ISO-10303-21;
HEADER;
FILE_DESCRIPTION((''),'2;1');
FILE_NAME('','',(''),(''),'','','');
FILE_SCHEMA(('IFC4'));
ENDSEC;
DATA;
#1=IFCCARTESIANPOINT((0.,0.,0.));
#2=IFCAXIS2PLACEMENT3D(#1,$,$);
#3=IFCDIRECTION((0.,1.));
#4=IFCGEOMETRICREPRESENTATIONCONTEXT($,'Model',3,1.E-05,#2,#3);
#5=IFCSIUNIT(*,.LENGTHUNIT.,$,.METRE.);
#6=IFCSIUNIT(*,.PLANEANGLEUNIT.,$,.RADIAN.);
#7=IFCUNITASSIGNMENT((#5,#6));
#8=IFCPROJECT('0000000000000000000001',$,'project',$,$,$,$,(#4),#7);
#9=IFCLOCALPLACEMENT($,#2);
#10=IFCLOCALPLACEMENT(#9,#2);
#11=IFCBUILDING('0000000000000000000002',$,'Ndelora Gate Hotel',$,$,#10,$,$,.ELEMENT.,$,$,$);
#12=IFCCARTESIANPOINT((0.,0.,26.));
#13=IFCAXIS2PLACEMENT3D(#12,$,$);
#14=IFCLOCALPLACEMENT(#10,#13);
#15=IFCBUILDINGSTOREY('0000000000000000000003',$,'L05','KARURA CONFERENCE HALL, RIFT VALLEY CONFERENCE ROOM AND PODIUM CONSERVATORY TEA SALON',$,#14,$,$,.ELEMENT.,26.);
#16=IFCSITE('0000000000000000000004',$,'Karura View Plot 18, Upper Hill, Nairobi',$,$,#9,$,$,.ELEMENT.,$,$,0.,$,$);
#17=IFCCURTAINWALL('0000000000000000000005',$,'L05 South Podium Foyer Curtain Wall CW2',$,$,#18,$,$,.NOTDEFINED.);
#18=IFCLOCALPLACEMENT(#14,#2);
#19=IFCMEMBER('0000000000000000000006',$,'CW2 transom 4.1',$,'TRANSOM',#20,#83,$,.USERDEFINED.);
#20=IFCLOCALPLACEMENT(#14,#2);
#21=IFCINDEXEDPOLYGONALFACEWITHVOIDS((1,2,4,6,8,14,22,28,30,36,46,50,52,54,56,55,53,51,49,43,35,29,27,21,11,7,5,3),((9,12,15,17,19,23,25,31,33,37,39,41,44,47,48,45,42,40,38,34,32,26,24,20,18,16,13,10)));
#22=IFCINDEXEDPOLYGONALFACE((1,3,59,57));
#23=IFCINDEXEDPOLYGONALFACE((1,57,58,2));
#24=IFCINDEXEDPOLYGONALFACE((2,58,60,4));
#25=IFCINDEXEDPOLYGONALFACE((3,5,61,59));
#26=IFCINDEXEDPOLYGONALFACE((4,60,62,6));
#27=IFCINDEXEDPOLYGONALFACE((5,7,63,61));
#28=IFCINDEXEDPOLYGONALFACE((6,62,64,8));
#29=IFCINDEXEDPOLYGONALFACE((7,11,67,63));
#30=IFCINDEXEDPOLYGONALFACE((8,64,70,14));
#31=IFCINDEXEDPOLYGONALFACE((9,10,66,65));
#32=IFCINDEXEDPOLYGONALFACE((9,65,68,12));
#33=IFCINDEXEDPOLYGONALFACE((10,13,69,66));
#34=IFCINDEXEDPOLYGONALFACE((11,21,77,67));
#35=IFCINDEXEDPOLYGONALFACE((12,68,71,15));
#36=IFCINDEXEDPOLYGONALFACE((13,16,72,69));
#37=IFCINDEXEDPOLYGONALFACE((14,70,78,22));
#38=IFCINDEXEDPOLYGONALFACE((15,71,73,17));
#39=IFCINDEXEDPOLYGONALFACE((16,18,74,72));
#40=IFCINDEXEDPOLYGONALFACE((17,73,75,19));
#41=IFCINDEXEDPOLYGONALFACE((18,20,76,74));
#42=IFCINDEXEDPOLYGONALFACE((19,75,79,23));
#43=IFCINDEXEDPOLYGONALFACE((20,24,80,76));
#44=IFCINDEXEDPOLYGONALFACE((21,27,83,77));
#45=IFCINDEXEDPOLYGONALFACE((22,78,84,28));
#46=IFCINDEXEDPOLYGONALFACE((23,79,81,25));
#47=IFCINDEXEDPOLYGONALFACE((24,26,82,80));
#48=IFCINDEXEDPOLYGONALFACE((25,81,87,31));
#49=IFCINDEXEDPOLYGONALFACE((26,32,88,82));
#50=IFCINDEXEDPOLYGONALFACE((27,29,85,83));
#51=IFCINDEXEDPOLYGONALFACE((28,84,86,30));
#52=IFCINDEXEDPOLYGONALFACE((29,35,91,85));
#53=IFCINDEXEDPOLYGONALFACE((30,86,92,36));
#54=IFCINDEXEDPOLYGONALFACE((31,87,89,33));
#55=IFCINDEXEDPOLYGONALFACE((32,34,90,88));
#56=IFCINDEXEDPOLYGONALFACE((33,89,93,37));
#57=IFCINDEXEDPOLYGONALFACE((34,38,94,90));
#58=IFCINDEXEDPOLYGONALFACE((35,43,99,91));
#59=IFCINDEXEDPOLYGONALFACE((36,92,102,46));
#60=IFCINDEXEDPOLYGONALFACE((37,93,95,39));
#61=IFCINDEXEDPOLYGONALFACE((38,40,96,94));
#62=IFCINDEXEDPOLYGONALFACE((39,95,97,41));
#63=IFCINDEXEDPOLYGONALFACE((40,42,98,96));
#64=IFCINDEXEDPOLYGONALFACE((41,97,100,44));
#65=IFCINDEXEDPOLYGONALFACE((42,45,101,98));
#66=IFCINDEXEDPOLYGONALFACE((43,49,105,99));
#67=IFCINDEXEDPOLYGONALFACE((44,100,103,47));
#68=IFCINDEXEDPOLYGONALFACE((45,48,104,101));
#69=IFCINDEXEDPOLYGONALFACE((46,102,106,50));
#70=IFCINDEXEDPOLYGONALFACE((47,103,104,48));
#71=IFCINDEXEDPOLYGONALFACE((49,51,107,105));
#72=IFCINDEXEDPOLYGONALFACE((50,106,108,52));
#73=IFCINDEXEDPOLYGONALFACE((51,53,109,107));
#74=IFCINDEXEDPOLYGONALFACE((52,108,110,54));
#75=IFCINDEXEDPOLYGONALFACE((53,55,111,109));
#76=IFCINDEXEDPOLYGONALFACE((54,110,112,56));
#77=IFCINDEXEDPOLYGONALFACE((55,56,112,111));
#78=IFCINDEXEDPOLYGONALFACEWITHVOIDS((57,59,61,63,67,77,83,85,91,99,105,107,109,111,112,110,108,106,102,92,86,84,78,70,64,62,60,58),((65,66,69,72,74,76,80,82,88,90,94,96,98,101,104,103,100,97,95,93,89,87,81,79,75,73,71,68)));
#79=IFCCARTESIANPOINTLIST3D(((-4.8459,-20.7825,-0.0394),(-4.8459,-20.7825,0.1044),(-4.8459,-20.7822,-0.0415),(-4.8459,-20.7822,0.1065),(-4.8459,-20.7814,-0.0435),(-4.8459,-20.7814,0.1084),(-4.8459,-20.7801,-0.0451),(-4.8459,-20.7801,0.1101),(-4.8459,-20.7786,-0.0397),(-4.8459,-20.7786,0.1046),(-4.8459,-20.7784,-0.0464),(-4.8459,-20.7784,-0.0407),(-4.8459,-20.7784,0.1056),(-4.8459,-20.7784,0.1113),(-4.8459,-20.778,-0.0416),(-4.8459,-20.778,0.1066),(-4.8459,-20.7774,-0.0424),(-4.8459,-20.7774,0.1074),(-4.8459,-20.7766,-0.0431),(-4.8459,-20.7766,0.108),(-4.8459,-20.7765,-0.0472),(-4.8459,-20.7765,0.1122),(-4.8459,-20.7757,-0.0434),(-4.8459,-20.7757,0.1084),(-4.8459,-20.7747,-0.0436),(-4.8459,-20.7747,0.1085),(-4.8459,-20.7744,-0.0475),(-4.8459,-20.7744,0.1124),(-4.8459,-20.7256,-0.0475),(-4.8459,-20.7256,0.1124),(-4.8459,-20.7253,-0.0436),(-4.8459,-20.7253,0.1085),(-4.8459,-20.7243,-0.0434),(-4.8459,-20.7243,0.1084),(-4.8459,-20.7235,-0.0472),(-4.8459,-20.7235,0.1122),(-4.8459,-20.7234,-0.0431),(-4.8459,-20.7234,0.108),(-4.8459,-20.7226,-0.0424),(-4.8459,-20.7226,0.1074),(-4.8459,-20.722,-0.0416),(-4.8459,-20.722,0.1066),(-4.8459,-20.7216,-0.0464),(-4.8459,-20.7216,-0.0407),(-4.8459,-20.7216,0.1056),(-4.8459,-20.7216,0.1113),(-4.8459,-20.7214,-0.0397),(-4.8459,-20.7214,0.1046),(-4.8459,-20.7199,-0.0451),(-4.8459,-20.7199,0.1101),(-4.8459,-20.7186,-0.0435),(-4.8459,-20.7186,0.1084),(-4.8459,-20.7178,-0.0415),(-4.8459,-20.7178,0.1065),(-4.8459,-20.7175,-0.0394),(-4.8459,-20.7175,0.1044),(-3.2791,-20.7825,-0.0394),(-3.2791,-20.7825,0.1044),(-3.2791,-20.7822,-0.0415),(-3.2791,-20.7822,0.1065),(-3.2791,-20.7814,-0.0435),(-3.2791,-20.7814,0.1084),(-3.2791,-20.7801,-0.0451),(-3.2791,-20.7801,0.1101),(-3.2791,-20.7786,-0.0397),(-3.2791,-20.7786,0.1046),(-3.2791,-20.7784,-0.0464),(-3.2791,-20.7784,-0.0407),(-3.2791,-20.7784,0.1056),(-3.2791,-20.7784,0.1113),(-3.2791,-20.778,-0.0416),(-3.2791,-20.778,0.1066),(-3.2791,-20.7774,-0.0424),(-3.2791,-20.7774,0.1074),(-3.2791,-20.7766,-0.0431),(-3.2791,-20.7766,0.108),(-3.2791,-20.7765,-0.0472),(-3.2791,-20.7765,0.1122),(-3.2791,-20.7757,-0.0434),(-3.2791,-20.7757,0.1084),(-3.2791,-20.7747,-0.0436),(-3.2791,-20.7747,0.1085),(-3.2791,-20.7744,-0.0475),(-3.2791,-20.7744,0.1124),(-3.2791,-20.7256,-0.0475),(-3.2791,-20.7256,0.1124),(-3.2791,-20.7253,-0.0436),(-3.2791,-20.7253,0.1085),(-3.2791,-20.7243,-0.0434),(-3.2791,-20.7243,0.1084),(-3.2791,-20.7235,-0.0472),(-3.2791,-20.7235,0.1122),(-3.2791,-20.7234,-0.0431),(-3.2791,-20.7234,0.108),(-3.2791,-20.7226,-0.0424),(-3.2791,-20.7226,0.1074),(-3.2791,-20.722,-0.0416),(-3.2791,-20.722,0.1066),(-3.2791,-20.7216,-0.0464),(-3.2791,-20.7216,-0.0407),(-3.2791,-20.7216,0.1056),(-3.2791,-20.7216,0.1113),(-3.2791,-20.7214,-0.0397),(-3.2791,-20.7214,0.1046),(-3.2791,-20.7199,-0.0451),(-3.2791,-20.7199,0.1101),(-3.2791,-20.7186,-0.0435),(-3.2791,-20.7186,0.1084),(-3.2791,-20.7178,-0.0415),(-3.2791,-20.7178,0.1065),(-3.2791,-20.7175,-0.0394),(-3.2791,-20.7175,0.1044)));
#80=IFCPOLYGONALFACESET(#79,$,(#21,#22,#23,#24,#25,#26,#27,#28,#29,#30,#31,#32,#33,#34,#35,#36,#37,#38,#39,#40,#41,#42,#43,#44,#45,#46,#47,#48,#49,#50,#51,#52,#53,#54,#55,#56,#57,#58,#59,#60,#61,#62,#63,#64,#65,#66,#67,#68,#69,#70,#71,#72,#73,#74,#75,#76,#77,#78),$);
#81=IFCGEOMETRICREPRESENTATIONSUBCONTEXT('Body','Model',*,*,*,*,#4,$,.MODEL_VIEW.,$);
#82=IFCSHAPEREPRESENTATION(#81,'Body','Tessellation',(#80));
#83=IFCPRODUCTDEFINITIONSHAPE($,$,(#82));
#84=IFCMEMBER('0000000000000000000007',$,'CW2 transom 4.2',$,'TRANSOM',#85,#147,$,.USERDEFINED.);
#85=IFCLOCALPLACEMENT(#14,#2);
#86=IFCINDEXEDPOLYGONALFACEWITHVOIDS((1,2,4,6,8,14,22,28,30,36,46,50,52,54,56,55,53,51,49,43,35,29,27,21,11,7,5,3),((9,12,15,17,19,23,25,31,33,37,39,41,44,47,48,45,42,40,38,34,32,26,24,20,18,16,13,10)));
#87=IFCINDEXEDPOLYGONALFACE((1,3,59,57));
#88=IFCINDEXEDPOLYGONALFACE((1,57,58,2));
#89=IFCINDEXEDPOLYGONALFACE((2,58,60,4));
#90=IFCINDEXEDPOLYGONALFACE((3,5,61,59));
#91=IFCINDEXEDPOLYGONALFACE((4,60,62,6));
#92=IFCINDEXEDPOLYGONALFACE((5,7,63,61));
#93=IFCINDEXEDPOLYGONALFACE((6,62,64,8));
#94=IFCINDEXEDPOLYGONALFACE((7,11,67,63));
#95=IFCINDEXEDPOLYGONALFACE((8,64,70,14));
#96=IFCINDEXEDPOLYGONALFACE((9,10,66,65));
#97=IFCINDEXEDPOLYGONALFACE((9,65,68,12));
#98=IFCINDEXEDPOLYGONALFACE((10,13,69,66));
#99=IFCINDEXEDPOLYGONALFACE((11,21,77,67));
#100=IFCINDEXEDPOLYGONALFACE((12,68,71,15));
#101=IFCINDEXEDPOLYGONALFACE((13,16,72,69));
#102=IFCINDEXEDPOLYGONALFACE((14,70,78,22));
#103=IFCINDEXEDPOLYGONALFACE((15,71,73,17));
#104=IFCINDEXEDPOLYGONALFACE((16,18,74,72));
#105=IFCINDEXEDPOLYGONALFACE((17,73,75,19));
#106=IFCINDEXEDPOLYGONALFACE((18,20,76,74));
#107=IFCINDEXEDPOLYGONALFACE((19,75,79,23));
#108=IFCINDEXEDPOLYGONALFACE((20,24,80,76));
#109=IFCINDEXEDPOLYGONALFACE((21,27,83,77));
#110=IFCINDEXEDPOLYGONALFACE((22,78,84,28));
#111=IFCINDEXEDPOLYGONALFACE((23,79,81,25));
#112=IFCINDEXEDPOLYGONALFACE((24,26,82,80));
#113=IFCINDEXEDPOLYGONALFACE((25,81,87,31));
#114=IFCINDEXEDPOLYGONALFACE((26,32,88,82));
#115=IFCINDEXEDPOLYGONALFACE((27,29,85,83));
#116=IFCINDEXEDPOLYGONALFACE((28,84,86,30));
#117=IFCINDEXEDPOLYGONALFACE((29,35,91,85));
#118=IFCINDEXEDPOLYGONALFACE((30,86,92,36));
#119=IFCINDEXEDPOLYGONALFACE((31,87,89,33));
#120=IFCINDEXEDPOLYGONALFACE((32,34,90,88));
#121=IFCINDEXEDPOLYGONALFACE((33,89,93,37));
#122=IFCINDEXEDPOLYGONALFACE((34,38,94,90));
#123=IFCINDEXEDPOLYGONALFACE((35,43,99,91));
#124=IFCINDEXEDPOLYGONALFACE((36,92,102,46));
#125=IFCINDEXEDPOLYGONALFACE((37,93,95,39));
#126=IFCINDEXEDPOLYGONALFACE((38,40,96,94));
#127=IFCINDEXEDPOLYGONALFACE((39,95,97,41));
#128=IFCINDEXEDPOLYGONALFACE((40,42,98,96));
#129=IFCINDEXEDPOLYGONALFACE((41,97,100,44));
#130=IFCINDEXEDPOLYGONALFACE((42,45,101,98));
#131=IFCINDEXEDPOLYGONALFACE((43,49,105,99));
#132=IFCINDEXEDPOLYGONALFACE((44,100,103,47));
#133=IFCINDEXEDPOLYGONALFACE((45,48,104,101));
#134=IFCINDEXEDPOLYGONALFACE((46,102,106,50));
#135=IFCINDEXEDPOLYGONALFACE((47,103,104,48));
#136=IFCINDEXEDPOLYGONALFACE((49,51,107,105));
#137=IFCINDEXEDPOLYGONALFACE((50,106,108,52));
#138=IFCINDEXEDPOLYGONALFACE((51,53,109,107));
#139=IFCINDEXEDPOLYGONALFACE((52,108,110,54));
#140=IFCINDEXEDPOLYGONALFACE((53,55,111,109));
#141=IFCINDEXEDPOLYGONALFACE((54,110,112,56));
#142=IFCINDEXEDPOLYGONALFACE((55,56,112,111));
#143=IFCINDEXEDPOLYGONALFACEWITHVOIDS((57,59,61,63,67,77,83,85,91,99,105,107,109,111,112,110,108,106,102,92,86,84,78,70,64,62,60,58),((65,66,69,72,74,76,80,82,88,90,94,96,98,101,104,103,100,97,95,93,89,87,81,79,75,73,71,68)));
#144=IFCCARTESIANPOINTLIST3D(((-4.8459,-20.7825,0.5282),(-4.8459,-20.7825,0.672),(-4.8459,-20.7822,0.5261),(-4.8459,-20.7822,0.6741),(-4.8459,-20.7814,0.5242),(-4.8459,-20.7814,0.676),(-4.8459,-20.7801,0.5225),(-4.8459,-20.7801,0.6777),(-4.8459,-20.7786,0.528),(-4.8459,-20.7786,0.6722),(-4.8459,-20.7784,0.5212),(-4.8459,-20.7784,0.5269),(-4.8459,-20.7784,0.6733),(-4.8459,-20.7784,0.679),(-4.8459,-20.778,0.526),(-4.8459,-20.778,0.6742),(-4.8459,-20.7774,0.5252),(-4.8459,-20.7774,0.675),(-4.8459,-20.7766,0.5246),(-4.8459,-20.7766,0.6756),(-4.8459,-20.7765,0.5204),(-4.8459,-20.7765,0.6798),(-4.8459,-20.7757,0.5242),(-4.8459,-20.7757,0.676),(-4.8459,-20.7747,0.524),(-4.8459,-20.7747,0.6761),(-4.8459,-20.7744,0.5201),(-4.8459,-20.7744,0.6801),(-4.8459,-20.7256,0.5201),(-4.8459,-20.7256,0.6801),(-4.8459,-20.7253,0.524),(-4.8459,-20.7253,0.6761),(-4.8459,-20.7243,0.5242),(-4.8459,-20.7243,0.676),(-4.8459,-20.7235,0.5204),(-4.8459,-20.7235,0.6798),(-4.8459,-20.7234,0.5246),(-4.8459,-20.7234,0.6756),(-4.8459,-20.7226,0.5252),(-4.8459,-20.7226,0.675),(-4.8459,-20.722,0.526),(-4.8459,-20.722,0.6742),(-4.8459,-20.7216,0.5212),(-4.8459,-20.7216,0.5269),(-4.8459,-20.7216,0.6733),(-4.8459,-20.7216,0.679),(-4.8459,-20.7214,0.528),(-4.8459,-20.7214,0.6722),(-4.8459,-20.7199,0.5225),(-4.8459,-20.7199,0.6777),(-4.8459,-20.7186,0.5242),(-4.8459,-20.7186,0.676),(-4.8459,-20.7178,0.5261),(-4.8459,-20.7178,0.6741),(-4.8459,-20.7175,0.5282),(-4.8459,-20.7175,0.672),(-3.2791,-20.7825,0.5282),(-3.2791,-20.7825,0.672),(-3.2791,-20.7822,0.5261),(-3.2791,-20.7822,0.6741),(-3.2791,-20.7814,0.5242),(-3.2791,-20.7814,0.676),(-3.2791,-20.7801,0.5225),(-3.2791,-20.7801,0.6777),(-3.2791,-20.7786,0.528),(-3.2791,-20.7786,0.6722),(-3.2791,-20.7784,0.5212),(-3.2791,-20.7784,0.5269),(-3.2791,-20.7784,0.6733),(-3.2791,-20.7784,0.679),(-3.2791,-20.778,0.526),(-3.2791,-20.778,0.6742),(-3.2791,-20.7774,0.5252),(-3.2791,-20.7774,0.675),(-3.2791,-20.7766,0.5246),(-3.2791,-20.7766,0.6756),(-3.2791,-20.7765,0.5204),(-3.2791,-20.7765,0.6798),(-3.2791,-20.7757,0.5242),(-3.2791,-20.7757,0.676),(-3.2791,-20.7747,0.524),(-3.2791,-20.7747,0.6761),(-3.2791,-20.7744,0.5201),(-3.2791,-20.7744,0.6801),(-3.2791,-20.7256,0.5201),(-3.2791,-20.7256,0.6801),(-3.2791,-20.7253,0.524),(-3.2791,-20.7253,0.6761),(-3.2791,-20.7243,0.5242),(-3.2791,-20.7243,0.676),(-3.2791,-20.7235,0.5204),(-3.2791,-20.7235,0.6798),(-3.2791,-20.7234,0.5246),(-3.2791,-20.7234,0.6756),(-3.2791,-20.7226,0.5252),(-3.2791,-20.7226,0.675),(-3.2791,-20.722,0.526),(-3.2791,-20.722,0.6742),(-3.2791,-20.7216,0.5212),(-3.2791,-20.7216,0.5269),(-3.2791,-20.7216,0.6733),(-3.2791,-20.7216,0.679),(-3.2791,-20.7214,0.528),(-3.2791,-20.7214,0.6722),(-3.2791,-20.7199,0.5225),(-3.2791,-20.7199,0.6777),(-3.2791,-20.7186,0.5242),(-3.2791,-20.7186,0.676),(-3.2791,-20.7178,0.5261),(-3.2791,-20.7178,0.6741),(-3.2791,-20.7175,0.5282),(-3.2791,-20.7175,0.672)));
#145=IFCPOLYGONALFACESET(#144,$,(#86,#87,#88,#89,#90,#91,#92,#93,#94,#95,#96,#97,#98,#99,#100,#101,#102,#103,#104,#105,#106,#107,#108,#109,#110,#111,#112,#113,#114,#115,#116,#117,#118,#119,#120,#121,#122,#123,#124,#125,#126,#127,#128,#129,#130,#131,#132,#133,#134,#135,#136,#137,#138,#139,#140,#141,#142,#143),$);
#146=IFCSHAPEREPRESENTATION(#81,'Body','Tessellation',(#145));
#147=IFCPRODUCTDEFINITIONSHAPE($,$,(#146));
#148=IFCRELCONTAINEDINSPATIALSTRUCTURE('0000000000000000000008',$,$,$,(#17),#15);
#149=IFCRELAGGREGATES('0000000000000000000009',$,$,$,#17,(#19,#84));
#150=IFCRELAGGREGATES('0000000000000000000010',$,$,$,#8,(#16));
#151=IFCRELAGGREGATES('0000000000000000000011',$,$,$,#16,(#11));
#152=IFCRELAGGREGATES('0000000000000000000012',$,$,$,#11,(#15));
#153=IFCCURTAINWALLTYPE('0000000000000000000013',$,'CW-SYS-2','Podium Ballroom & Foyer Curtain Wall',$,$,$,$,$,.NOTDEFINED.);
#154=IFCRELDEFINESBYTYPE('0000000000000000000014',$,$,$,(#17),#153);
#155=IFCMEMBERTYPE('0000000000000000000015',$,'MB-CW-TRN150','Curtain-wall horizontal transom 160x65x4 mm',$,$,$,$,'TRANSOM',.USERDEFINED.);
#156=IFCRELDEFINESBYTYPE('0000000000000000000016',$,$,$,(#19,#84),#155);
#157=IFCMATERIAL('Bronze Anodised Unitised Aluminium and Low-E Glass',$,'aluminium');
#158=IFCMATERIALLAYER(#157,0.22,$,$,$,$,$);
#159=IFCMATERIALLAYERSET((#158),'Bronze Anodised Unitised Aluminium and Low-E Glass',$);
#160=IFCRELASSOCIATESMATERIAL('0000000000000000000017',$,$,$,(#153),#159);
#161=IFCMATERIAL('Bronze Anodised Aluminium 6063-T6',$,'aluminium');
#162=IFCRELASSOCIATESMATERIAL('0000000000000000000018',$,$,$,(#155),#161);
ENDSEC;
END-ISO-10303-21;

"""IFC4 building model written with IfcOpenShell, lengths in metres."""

from ifc_helpers import new_model, si_unit, direction, frame, origin, origin_2d, place, context, subcontext, project, spatial, hollow_rectangle, extrude, material, layer, layer_set, material_profile, profile_set, type_object, element, aggregate, save


model = new_model("IFC4")

# Units and contexts
model_context = context("Model", 3, precision=1e-05, world=origin(), true_north=direction((0.0, 1.0)))
body_context = subcontext(model_context, "Body", "Model", "MODEL_VIEW")
ifc_project = project(units=[si_unit("LENGTHUNIT", "METRE"), si_unit("PLANEANGLEUNIT", "RADIAN")], contexts=[model_context])

# Site, building, storey
site_placement = place(None, origin())
site = spatial("IfcSite", under=ifc_project, at=site_placement, Name="Karura View Plot 18, Upper Hill, Nairobi", CompositionType="ELEMENT", RefElevation=0.0)
building_placement = place(site_placement, origin())
building = spatial("IfcBuilding", under=site, at=building_placement, Name="Ndelora Gate Hotel", CompositionType="ELEMENT")
storey_placement = place(building_placement, frame((0.0, 0.0, 26.0)))
storey = spatial("IfcBuildingStorey", under=building, at=storey_placement, Name="L05", Description="KARURA CONFERENCE HALL, RIFT VALLEY CONFERENCE ROOM AND PODIUM CONSERVATORY TEA SALON", CompositionType="ELEMENT", Elevation=26.0)

# Curtain wall, members
ifc_material_1 = material(Name="Bronze Anodised Unitised Aluminium and Low-E Glass", Category="aluminium")
ifc_layer_1 = layer(ifc_material_1, 0.22)
ifc_layer_set_1 = layer_set([ifc_layer_1], Name="Bronze Anodised Unitised Aluminium and Low-E Glass")
curtain_wall_type = type_object("IfcCurtainWallType", Name="CW-SYS-2", Description="Podium Ballroom & Foyer Curtain Wall", PredefinedType="NOTDEFINED", material=ifc_layer_set_1)
curtain_wall_placement = place(storey_placement, origin())
curtain_wall = element("IfcCurtainWall", 1, at=curtain_wall_placement, inside=storey, type_object=curtain_wall_type, Name="L05 South Podium Foyer Curtain Wall CW2", PredefinedType="NOTDEFINED")
ifc_material_2 = material(Name="Bronze Anodised Aluminium 6063-T6", Category="aluminium")
ifc_material_profile_1 = material_profile(ifc_material_2, hollow_rectangle(XDim=0.0649, YDim=0.1599, WallThickness=0.0039, InnerFilletRadius=0.0039, OuterFilletRadius=0.0081, at=origin_2d()), Name="ALU 160x65x4")
ifc_profile_set_1 = profile_set([ifc_material_profile_1], Name="Bronze Anodised Aluminium 6063-T6")
member_type_1 = type_object("IfcMemberType", Name="MB-CW-TRN150", Description="Curtain-wall horizontal transom 160x65x4 mm", ElementType="TRANSOM", PredefinedType="USERDEFINED", material=ifc_profile_set_1)
member_1_placement = place(storey_placement, frame((-4.8459, -20.75, 0.0325), z_axis=(1.0, 0.0, 0.0), x_axis=(0.0, 1.0, 0.0)))
member_1 = element("IfcMember", 2, at=member_1_placement, type_object=member_type_1, Name="CW2 transom 4.1", ObjectType="TRANSOM", PredefinedType="USERDEFINED", context=body_context, shape_type="SweptSolid", body=[
    extrude(hollow_rectangle(XDim=0.0649, YDim=0.1599, WallThickness=0.0039, InnerFilletRadius=0.0039, OuterFilletRadius=0.0081, at=origin_2d()), origin(), (0.0, 0.0, 1.0), 1.5669),
])
member_2_placement = place(storey_placement, frame((-4.8459, -20.75, 0.6001), z_axis=(1.0, 0.0, 0.0), x_axis=(0.0, 1.0, 0.0)))
member_2 = element("IfcMember", 3, at=member_2_placement, type_object=member_type_1, Name="CW2 transom 4.2", ObjectType="TRANSOM", PredefinedType="USERDEFINED", context=body_context, shape_type="SweptSolid", body=[
    extrude(hollow_rectangle(XDim=0.0649, YDim=0.1599, WallThickness=0.0039, InnerFilletRadius=0.0039, OuterFilletRadius=0.0081, at=origin_2d()), origin(), (0.0, 0.0, 1.0), 1.5669),
])
aggregate(curtain_wall, [member_1, member_2])

save(model, "model.ifc")
